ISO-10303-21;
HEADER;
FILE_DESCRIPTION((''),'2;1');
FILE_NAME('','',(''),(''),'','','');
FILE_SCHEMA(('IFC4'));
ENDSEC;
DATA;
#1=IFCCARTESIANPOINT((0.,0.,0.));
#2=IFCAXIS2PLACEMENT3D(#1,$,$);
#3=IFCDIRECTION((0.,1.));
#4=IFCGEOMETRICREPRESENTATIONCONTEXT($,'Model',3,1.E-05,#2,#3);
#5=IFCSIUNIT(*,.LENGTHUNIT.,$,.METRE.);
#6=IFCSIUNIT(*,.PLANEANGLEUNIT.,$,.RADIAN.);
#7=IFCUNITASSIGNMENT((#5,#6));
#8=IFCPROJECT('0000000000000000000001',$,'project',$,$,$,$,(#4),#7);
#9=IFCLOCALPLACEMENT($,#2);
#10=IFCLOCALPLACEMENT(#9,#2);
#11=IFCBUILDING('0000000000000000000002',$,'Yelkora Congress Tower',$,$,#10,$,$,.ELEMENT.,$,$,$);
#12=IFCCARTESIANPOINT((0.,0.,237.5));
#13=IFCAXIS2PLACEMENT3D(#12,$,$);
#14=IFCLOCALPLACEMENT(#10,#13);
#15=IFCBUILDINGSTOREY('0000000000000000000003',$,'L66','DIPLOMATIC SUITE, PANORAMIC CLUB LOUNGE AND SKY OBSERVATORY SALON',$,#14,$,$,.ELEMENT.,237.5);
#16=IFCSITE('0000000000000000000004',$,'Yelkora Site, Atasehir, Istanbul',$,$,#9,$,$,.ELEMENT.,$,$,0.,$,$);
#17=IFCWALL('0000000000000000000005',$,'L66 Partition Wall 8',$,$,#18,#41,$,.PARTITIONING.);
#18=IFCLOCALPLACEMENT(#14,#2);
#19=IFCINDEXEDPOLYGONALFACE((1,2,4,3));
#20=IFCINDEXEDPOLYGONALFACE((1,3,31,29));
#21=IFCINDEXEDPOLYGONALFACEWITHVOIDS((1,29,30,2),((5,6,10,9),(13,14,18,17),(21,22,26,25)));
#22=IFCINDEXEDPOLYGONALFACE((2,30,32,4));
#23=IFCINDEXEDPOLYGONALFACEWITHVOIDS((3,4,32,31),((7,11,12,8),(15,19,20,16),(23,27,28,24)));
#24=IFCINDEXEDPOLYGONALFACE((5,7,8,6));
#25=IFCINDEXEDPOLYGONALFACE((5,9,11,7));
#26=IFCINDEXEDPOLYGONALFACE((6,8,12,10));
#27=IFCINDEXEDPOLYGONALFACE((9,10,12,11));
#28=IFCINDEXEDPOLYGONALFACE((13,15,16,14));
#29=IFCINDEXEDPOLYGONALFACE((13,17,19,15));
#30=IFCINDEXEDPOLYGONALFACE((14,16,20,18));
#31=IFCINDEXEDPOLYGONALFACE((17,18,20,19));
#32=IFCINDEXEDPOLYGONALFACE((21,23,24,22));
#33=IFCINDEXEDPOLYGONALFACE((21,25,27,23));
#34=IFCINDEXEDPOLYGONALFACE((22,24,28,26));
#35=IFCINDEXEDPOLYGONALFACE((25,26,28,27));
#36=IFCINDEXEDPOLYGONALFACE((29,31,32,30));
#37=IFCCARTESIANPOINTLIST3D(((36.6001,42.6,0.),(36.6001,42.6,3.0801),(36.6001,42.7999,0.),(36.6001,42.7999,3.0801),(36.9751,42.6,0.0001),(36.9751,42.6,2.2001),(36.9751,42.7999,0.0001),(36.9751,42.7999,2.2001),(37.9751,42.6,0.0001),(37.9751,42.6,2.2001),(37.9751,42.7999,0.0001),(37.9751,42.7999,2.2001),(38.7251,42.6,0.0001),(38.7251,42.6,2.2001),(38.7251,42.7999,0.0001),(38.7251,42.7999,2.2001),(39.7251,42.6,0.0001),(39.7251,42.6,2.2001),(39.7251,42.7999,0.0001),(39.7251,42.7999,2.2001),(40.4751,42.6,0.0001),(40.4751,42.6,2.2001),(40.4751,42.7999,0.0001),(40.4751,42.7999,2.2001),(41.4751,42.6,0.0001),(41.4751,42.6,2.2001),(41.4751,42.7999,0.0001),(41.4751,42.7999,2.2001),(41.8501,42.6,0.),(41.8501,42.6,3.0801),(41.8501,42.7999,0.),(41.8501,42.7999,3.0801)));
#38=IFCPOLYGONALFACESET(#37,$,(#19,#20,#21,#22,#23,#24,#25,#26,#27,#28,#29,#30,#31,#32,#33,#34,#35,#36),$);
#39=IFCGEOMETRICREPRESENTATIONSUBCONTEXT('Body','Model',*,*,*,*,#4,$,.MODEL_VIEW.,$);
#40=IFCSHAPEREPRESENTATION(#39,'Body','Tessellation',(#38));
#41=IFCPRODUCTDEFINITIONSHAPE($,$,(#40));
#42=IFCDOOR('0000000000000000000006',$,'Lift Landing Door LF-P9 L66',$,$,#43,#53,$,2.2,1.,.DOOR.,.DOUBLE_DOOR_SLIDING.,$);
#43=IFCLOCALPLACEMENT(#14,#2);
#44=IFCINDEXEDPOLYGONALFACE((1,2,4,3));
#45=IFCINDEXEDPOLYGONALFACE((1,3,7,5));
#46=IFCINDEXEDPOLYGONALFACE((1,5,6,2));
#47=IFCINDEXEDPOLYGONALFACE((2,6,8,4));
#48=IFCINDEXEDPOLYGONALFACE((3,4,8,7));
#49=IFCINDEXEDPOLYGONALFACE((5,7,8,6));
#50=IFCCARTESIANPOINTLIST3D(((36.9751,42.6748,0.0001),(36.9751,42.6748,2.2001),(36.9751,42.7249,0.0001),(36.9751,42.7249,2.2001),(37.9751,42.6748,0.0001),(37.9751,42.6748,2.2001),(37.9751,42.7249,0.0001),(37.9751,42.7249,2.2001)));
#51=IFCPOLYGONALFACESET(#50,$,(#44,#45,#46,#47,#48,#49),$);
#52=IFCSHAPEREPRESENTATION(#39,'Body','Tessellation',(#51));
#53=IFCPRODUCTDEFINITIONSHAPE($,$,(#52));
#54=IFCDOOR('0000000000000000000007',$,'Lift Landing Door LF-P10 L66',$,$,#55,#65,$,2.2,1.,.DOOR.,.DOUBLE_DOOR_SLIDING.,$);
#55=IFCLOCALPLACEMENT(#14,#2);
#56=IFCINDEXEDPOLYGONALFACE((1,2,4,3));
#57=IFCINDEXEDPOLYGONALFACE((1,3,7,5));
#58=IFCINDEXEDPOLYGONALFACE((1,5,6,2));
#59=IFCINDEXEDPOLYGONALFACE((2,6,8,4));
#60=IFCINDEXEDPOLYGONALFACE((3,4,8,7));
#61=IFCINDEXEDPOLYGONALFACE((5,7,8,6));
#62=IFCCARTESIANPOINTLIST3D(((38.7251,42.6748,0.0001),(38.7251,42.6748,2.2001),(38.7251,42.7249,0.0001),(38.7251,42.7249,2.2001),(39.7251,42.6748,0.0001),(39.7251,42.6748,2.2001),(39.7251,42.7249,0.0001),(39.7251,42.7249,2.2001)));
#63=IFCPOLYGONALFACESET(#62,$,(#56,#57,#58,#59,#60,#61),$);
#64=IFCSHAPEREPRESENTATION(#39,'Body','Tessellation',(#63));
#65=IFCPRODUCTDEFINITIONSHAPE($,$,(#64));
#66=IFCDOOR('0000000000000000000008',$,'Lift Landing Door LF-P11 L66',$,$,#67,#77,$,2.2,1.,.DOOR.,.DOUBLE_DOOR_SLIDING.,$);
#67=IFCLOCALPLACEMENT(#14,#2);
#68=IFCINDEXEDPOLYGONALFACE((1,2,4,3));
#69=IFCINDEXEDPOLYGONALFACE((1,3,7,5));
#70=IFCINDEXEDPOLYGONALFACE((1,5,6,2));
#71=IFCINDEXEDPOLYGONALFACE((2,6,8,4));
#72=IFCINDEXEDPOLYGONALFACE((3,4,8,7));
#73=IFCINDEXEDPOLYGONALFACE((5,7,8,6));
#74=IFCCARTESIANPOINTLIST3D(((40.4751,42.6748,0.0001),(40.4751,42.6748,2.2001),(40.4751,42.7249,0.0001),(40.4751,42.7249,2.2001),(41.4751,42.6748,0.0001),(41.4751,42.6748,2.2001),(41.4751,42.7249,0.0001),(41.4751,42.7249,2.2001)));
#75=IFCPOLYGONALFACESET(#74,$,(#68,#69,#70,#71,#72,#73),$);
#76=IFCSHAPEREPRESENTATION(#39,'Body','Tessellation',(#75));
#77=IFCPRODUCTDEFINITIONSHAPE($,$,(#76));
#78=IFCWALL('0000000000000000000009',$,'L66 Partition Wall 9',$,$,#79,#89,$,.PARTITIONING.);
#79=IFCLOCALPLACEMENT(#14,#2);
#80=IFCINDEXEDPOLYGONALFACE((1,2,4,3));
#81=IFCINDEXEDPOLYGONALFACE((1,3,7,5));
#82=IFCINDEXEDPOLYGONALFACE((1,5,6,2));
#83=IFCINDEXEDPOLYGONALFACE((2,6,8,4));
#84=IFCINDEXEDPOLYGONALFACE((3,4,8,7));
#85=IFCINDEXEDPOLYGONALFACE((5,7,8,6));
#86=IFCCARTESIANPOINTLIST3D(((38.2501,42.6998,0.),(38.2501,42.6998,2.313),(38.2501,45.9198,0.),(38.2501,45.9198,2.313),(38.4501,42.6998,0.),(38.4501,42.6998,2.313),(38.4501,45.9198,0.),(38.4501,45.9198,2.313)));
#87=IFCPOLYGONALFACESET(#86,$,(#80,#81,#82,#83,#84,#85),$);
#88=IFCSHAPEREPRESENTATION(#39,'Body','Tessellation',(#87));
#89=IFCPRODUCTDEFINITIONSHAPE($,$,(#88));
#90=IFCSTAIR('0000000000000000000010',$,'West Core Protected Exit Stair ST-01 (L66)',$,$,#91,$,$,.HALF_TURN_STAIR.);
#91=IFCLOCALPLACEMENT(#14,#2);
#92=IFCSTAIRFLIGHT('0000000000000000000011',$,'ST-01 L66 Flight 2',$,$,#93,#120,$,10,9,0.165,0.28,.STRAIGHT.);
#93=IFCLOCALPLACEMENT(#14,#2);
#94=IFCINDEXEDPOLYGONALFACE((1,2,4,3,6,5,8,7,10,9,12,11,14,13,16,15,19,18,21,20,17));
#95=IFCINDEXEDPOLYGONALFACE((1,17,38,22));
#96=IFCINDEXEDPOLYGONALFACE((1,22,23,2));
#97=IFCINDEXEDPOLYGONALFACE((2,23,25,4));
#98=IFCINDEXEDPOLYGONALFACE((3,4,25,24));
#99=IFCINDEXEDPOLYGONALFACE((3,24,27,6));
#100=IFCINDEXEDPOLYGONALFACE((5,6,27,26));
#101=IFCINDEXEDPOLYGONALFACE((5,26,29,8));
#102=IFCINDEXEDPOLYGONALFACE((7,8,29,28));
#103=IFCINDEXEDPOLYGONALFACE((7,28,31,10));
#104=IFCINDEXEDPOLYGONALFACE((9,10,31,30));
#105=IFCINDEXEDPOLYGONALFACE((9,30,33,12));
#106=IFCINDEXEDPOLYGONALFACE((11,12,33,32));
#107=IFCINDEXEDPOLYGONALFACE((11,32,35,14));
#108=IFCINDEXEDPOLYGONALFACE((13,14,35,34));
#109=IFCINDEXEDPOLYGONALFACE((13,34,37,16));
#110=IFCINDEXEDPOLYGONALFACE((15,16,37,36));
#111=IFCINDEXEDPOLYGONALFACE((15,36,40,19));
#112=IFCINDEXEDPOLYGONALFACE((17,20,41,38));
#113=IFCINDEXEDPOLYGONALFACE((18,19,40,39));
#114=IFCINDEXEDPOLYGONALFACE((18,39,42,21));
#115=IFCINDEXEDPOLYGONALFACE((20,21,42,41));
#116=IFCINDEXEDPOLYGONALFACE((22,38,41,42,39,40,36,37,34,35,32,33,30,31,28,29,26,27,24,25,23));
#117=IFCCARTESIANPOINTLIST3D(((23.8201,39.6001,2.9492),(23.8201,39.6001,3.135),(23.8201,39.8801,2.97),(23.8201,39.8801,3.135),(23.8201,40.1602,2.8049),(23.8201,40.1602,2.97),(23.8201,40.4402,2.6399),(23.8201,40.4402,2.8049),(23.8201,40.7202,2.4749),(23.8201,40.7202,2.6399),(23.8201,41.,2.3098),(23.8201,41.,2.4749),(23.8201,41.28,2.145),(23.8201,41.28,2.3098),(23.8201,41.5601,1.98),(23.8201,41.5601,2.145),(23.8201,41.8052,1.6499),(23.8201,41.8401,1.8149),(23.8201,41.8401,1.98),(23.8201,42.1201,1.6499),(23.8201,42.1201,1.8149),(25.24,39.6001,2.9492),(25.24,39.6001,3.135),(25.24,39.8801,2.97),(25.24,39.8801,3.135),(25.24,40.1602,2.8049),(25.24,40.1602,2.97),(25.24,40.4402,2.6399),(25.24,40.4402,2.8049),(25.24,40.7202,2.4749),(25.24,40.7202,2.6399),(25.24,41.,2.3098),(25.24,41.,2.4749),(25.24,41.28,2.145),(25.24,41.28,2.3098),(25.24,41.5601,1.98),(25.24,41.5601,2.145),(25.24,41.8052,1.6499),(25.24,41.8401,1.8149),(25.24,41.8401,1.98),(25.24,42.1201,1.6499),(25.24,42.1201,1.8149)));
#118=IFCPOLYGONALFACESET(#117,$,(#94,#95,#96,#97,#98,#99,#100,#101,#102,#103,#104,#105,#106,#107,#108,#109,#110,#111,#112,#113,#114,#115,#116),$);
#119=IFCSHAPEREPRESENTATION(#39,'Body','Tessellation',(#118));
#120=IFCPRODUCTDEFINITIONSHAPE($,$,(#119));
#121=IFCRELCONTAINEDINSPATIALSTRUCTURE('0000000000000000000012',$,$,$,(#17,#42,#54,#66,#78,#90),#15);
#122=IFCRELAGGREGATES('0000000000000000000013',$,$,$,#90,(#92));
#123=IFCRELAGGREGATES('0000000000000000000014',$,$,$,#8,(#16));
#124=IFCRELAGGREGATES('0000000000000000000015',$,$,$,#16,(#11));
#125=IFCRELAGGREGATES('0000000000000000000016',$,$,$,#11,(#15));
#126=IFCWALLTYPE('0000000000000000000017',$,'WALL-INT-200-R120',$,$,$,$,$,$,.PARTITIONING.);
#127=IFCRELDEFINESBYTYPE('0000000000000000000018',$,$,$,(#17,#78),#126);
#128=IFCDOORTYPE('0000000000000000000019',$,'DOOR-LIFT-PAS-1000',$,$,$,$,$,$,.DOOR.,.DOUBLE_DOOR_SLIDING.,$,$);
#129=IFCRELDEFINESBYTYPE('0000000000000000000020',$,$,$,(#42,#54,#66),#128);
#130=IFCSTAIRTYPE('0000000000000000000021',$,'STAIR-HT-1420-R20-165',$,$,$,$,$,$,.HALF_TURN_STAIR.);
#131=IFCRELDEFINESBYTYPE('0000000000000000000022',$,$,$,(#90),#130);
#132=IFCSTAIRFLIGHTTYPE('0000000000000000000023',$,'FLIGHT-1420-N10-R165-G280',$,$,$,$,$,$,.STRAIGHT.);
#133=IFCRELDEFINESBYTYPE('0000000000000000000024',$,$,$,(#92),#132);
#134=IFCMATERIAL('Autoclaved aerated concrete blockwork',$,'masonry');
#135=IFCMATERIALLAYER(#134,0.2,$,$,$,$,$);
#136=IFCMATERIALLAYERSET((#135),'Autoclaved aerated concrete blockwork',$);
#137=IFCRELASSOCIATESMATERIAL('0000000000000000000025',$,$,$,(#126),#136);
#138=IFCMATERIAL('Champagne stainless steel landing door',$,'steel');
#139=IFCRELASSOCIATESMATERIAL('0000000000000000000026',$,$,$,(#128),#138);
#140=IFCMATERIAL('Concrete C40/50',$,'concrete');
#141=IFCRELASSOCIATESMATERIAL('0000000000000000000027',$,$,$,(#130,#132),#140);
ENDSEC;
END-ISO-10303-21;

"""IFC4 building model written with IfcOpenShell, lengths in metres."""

from ifc_helpers import new_model, si_unit, direction, frame, frame_2d, origin, place, context, subcontext, project, spatial, polyline, rectangle, outline, extrude, material, layer, layer_set, type_object, element, fill, aggregate, save


model = new_model("IFC4")

# Units and contexts
model_context = context("Model", 3, precision=1e-05, world=origin(), true_north=direction((0.0, 1.0)))
body_context = subcontext(model_context, "Body", "Model", "MODEL_VIEW")
ifc_project = project(units=[si_unit("LENGTHUNIT", "METRE"), si_unit("PLANEANGLEUNIT", "RADIAN")], contexts=[model_context])

# Site, building, storey
site_placement = place(None, origin())
site = spatial("IfcSite", under=ifc_project, at=site_placement, Name="Yelkora Site, Atasehir, Istanbul", CompositionType="ELEMENT", RefElevation=0.0)
building_placement = place(site_placement, origin())
building = spatial("IfcBuilding", under=site, at=building_placement, Name="Yelkora Congress Tower", CompositionType="ELEMENT")
storey_placement = place(building_placement, frame((0.0, 0.0, 237.5)))
storey = spatial("IfcBuildingStorey", under=building, at=storey_placement, Name="L66", Description="DIPLOMATIC SUITE, PANORAMIC CLUB LOUNGE AND SKY OBSERVATORY SALON", CompositionType="ELEMENT", Elevation=237.5)

# Shared definitions
ifc_material_1 = material(Name="Autoclaved aerated concrete blockwork", Category="masonry")
ifc_layer_1 = layer(ifc_material_1, 0.2)
ifc_layer_set_1 = layer_set([ifc_layer_1], Name="Autoclaved aerated concrete blockwork")
wall_type_1 = type_object("IfcWallType", Name="WALL-INT-200-R120", PredefinedType="PARTITIONING", material=ifc_layer_set_1)

# Wall, openings, doors
wall_1_placement = place(storey_placement, frame((36.6001, 42.7, 0.0), z_axis=(0.0, 0.0, 1.0), x_axis=(1.0, 0.0, 0.0)))
wall_1 = element("IfcWall", 1, at=wall_1_placement, inside=storey, type_object=wall_type_1, Name="L66 Partition Wall 8", PredefinedType="PARTITIONING", context=body_context, shape_type="SweptSolid", body=[
    extrude(rectangle(XDim=5.25, YDim=0.2, at=frame_2d((2.625, 0.0))), origin(), (0.0, 0.0, 1.0), 3.0801),
])
opening_1_placement = place(wall_1_placement, frame((0.375, 0.0, 0.0)))
opening_1 = element("IfcOpeningElement", 2, at=opening_1_placement, cuts=wall_1, PredefinedType="OPENING", context=body_context, shape_type="SweptSolid", body=[
    extrude(rectangle(XDim=1.0, YDim=2.2, at=frame_2d((0.5, 1.1001))), frame((0.0, 0.1099, 0.0), z_axis=(0.0, -1.0, 0.0), x_axis=(1.0, 0.0, 0.0)), (0.0, 0.0, 1.0), 0.22),
])
opening_2_placement = place(wall_1_placement, frame((2.125, 0.0, 0.0)))
opening_2 = element("IfcOpeningElement", 3, at=opening_2_placement, cuts=wall_1, PredefinedType="OPENING", context=body_context, shape_type="SweptSolid", body=[
    extrude(rectangle(XDim=1.0, YDim=2.2, at=frame_2d((0.5, 1.1001))), frame((0.0, 0.1099, 0.0), z_axis=(0.0, -1.0, 0.0), x_axis=(1.0, 0.0, 0.0)), (0.0, 0.0, 1.0), 0.22),
])
opening_3_placement = place(wall_1_placement, frame((3.875, 0.0, 0.0)))
opening_3 = element("IfcOpeningElement", 4, at=opening_3_placement, cuts=wall_1, PredefinedType="OPENING", context=body_context, shape_type="SweptSolid", body=[
    extrude(rectangle(XDim=1.0, YDim=2.2, at=frame_2d((0.5, 1.1001))), frame((0.0, 0.1099, 0.0), z_axis=(0.0, -1.0, 0.0), x_axis=(1.0, 0.0, 0.0)), (0.0, 0.0, 1.0), 0.22),
])
ifc_material_2 = material(Name="Champagne stainless steel landing door", Category="steel")
door_type_1 = type_object("IfcDoorType", Name="DOOR-LIFT-PAS-1000", OperationType="DOUBLE_DOOR_SLIDING", PredefinedType="DOOR", material=ifc_material_2)
door_1_placement = place(opening_1_placement, origin())
door_1 = element("IfcDoor", 5, at=door_1_placement, inside=storey, type_object=door_type_1, Name="Lift Landing Door LF-P9 L66", OperationType="DOUBLE_DOOR_SLIDING", OverallHeight=2.2, OverallWidth=1.0, PredefinedType="DOOR", context=body_context, shape_type="SweptSolid", body=[
    extrude(rectangle(XDim=1.0, YDim=2.2, at=frame_2d((0.5, 1.1001))), frame((0.0, 0.0249, 0.0), z_axis=(0.0, -1.0, 0.0), x_axis=(1.0, 0.0, 0.0)), (0.0, 0.0, 1.0), 0.05),
])
fill(opening_1, door_1)
door_2_placement = place(opening_2_placement, origin())
door_2 = element("IfcDoor", 6, at=door_2_placement, inside=storey, type_object=door_type_1, Name="Lift Landing Door LF-P10 L66", OperationType="DOUBLE_DOOR_SLIDING", OverallHeight=2.2, OverallWidth=1.0, PredefinedType="DOOR", context=body_context, shape_type="SweptSolid", body=[
    extrude(rectangle(XDim=1.0, YDim=2.2, at=frame_2d((0.5, 1.1001))), frame((0.0, 0.0249, 0.0), z_axis=(0.0, -1.0, 0.0), x_axis=(1.0, 0.0, 0.0)), (0.0, 0.0, 1.0), 0.05),
])
fill(opening_2, door_2)
door_3_placement = place(opening_3_placement, origin())
door_3 = element("IfcDoor", 7, at=door_3_placement, inside=storey, type_object=door_type_1, Name="Lift Landing Door LF-P11 L66", OperationType="DOUBLE_DOOR_SLIDING", OverallHeight=2.2, OverallWidth=1.0, PredefinedType="DOOR", context=body_context, shape_type="SweptSolid", body=[
    extrude(rectangle(XDim=1.0, YDim=2.2, at=frame_2d((0.5, 1.1001))), frame((0.0, 0.0249, 0.0), z_axis=(0.0, -1.0, 0.0), x_axis=(1.0, 0.0, 0.0)), (0.0, 0.0, 1.0), 0.05),
])
fill(opening_3, door_3)

# Wall
wall_2_placement = place(storey_placement, frame((38.3501, 42.7, 0.0), z_axis=(0.0, 0.0, 1.0), x_axis=(0.0, 1.0, 0.0)))
element("IfcWall", 8, at=wall_2_placement, inside=storey, type_object=wall_type_1, Name="L66 Partition Wall 9", PredefinedType="PARTITIONING", context=body_context, shape_type="SweptSolid", body=[
    extrude(rectangle(XDim=3.22, YDim=0.2, at=frame_2d((1.6099, 0.0))), origin(), (0.0, 0.0, 1.0), 2.313),
])

# Stair, stair flight
ifc_material_3 = material(Name="Concrete C40/50", Category="concrete")
stair_type = type_object("IfcStairType", Name="STAIR-HT-1420-R20-165", PredefinedType="HALF_TURN_STAIR", material=ifc_material_3)
stair_placement = place(storey_placement, origin())
stair = element("IfcStair", 9, at=stair_placement, inside=storey, type_object=stair_type, Name="West Core Protected Exit Stair ST-01 (L66)", PredefinedType="HALF_TURN_STAIR")
stair_flight_type = type_object("IfcStairFlightType", Name="FLIGHT-1420-N10-R165-G280", PredefinedType="STRAIGHT", material=ifc_material_3)
stair_flight_placement = place(storey_placement, frame((24.53, 42.1201, 1.6499), z_axis=(0.0, 0.0, 1.0), x_axis=(0.0, -1.0, 0.0)))
stair_flight = element("IfcStairFlight", 10, at=stair_flight_placement, type_object=stair_flight_type, Name="ST-01 L66 Flight 2", NumberOfRisers=10, NumberOfTreads=9, PredefinedType="STRAIGHT", RiserHeight=0.165, TreadLength=0.28, context=body_context, shape_type="SweptSolid", body=[
    extrude(outline(polyline([(0.0, 0.0), (0.0, 0.165), (0.28, 0.165), (0.28, 0.3301), (0.5601, 0.3301), (0.5601, 0.4951), (0.8401, 0.4951), (0.8401, 0.6599), (1.1201, 0.6599), (1.1201, 0.825), (1.3999, 0.825), (1.3999, 0.99), (1.6799, 0.99), (1.6799, 1.155), (1.96, 1.155), (1.96, 1.3201), (2.24, 1.3201), (2.24, 1.4851), (2.52, 1.4851), (2.52, 1.6499), (2.52, 1.2993), (0.3149, 0.0), (0.0, 0.0)])), frame((0.0, 0.71, 0.0), z_axis=(0.0, -1.0, 0.0), x_axis=(1.0, 0.0, 0.0)), (0.0, 0.0, 1.0), 1.4199),
])
aggregate(stair, [stair_flight])

save(model, "model.ifc")
